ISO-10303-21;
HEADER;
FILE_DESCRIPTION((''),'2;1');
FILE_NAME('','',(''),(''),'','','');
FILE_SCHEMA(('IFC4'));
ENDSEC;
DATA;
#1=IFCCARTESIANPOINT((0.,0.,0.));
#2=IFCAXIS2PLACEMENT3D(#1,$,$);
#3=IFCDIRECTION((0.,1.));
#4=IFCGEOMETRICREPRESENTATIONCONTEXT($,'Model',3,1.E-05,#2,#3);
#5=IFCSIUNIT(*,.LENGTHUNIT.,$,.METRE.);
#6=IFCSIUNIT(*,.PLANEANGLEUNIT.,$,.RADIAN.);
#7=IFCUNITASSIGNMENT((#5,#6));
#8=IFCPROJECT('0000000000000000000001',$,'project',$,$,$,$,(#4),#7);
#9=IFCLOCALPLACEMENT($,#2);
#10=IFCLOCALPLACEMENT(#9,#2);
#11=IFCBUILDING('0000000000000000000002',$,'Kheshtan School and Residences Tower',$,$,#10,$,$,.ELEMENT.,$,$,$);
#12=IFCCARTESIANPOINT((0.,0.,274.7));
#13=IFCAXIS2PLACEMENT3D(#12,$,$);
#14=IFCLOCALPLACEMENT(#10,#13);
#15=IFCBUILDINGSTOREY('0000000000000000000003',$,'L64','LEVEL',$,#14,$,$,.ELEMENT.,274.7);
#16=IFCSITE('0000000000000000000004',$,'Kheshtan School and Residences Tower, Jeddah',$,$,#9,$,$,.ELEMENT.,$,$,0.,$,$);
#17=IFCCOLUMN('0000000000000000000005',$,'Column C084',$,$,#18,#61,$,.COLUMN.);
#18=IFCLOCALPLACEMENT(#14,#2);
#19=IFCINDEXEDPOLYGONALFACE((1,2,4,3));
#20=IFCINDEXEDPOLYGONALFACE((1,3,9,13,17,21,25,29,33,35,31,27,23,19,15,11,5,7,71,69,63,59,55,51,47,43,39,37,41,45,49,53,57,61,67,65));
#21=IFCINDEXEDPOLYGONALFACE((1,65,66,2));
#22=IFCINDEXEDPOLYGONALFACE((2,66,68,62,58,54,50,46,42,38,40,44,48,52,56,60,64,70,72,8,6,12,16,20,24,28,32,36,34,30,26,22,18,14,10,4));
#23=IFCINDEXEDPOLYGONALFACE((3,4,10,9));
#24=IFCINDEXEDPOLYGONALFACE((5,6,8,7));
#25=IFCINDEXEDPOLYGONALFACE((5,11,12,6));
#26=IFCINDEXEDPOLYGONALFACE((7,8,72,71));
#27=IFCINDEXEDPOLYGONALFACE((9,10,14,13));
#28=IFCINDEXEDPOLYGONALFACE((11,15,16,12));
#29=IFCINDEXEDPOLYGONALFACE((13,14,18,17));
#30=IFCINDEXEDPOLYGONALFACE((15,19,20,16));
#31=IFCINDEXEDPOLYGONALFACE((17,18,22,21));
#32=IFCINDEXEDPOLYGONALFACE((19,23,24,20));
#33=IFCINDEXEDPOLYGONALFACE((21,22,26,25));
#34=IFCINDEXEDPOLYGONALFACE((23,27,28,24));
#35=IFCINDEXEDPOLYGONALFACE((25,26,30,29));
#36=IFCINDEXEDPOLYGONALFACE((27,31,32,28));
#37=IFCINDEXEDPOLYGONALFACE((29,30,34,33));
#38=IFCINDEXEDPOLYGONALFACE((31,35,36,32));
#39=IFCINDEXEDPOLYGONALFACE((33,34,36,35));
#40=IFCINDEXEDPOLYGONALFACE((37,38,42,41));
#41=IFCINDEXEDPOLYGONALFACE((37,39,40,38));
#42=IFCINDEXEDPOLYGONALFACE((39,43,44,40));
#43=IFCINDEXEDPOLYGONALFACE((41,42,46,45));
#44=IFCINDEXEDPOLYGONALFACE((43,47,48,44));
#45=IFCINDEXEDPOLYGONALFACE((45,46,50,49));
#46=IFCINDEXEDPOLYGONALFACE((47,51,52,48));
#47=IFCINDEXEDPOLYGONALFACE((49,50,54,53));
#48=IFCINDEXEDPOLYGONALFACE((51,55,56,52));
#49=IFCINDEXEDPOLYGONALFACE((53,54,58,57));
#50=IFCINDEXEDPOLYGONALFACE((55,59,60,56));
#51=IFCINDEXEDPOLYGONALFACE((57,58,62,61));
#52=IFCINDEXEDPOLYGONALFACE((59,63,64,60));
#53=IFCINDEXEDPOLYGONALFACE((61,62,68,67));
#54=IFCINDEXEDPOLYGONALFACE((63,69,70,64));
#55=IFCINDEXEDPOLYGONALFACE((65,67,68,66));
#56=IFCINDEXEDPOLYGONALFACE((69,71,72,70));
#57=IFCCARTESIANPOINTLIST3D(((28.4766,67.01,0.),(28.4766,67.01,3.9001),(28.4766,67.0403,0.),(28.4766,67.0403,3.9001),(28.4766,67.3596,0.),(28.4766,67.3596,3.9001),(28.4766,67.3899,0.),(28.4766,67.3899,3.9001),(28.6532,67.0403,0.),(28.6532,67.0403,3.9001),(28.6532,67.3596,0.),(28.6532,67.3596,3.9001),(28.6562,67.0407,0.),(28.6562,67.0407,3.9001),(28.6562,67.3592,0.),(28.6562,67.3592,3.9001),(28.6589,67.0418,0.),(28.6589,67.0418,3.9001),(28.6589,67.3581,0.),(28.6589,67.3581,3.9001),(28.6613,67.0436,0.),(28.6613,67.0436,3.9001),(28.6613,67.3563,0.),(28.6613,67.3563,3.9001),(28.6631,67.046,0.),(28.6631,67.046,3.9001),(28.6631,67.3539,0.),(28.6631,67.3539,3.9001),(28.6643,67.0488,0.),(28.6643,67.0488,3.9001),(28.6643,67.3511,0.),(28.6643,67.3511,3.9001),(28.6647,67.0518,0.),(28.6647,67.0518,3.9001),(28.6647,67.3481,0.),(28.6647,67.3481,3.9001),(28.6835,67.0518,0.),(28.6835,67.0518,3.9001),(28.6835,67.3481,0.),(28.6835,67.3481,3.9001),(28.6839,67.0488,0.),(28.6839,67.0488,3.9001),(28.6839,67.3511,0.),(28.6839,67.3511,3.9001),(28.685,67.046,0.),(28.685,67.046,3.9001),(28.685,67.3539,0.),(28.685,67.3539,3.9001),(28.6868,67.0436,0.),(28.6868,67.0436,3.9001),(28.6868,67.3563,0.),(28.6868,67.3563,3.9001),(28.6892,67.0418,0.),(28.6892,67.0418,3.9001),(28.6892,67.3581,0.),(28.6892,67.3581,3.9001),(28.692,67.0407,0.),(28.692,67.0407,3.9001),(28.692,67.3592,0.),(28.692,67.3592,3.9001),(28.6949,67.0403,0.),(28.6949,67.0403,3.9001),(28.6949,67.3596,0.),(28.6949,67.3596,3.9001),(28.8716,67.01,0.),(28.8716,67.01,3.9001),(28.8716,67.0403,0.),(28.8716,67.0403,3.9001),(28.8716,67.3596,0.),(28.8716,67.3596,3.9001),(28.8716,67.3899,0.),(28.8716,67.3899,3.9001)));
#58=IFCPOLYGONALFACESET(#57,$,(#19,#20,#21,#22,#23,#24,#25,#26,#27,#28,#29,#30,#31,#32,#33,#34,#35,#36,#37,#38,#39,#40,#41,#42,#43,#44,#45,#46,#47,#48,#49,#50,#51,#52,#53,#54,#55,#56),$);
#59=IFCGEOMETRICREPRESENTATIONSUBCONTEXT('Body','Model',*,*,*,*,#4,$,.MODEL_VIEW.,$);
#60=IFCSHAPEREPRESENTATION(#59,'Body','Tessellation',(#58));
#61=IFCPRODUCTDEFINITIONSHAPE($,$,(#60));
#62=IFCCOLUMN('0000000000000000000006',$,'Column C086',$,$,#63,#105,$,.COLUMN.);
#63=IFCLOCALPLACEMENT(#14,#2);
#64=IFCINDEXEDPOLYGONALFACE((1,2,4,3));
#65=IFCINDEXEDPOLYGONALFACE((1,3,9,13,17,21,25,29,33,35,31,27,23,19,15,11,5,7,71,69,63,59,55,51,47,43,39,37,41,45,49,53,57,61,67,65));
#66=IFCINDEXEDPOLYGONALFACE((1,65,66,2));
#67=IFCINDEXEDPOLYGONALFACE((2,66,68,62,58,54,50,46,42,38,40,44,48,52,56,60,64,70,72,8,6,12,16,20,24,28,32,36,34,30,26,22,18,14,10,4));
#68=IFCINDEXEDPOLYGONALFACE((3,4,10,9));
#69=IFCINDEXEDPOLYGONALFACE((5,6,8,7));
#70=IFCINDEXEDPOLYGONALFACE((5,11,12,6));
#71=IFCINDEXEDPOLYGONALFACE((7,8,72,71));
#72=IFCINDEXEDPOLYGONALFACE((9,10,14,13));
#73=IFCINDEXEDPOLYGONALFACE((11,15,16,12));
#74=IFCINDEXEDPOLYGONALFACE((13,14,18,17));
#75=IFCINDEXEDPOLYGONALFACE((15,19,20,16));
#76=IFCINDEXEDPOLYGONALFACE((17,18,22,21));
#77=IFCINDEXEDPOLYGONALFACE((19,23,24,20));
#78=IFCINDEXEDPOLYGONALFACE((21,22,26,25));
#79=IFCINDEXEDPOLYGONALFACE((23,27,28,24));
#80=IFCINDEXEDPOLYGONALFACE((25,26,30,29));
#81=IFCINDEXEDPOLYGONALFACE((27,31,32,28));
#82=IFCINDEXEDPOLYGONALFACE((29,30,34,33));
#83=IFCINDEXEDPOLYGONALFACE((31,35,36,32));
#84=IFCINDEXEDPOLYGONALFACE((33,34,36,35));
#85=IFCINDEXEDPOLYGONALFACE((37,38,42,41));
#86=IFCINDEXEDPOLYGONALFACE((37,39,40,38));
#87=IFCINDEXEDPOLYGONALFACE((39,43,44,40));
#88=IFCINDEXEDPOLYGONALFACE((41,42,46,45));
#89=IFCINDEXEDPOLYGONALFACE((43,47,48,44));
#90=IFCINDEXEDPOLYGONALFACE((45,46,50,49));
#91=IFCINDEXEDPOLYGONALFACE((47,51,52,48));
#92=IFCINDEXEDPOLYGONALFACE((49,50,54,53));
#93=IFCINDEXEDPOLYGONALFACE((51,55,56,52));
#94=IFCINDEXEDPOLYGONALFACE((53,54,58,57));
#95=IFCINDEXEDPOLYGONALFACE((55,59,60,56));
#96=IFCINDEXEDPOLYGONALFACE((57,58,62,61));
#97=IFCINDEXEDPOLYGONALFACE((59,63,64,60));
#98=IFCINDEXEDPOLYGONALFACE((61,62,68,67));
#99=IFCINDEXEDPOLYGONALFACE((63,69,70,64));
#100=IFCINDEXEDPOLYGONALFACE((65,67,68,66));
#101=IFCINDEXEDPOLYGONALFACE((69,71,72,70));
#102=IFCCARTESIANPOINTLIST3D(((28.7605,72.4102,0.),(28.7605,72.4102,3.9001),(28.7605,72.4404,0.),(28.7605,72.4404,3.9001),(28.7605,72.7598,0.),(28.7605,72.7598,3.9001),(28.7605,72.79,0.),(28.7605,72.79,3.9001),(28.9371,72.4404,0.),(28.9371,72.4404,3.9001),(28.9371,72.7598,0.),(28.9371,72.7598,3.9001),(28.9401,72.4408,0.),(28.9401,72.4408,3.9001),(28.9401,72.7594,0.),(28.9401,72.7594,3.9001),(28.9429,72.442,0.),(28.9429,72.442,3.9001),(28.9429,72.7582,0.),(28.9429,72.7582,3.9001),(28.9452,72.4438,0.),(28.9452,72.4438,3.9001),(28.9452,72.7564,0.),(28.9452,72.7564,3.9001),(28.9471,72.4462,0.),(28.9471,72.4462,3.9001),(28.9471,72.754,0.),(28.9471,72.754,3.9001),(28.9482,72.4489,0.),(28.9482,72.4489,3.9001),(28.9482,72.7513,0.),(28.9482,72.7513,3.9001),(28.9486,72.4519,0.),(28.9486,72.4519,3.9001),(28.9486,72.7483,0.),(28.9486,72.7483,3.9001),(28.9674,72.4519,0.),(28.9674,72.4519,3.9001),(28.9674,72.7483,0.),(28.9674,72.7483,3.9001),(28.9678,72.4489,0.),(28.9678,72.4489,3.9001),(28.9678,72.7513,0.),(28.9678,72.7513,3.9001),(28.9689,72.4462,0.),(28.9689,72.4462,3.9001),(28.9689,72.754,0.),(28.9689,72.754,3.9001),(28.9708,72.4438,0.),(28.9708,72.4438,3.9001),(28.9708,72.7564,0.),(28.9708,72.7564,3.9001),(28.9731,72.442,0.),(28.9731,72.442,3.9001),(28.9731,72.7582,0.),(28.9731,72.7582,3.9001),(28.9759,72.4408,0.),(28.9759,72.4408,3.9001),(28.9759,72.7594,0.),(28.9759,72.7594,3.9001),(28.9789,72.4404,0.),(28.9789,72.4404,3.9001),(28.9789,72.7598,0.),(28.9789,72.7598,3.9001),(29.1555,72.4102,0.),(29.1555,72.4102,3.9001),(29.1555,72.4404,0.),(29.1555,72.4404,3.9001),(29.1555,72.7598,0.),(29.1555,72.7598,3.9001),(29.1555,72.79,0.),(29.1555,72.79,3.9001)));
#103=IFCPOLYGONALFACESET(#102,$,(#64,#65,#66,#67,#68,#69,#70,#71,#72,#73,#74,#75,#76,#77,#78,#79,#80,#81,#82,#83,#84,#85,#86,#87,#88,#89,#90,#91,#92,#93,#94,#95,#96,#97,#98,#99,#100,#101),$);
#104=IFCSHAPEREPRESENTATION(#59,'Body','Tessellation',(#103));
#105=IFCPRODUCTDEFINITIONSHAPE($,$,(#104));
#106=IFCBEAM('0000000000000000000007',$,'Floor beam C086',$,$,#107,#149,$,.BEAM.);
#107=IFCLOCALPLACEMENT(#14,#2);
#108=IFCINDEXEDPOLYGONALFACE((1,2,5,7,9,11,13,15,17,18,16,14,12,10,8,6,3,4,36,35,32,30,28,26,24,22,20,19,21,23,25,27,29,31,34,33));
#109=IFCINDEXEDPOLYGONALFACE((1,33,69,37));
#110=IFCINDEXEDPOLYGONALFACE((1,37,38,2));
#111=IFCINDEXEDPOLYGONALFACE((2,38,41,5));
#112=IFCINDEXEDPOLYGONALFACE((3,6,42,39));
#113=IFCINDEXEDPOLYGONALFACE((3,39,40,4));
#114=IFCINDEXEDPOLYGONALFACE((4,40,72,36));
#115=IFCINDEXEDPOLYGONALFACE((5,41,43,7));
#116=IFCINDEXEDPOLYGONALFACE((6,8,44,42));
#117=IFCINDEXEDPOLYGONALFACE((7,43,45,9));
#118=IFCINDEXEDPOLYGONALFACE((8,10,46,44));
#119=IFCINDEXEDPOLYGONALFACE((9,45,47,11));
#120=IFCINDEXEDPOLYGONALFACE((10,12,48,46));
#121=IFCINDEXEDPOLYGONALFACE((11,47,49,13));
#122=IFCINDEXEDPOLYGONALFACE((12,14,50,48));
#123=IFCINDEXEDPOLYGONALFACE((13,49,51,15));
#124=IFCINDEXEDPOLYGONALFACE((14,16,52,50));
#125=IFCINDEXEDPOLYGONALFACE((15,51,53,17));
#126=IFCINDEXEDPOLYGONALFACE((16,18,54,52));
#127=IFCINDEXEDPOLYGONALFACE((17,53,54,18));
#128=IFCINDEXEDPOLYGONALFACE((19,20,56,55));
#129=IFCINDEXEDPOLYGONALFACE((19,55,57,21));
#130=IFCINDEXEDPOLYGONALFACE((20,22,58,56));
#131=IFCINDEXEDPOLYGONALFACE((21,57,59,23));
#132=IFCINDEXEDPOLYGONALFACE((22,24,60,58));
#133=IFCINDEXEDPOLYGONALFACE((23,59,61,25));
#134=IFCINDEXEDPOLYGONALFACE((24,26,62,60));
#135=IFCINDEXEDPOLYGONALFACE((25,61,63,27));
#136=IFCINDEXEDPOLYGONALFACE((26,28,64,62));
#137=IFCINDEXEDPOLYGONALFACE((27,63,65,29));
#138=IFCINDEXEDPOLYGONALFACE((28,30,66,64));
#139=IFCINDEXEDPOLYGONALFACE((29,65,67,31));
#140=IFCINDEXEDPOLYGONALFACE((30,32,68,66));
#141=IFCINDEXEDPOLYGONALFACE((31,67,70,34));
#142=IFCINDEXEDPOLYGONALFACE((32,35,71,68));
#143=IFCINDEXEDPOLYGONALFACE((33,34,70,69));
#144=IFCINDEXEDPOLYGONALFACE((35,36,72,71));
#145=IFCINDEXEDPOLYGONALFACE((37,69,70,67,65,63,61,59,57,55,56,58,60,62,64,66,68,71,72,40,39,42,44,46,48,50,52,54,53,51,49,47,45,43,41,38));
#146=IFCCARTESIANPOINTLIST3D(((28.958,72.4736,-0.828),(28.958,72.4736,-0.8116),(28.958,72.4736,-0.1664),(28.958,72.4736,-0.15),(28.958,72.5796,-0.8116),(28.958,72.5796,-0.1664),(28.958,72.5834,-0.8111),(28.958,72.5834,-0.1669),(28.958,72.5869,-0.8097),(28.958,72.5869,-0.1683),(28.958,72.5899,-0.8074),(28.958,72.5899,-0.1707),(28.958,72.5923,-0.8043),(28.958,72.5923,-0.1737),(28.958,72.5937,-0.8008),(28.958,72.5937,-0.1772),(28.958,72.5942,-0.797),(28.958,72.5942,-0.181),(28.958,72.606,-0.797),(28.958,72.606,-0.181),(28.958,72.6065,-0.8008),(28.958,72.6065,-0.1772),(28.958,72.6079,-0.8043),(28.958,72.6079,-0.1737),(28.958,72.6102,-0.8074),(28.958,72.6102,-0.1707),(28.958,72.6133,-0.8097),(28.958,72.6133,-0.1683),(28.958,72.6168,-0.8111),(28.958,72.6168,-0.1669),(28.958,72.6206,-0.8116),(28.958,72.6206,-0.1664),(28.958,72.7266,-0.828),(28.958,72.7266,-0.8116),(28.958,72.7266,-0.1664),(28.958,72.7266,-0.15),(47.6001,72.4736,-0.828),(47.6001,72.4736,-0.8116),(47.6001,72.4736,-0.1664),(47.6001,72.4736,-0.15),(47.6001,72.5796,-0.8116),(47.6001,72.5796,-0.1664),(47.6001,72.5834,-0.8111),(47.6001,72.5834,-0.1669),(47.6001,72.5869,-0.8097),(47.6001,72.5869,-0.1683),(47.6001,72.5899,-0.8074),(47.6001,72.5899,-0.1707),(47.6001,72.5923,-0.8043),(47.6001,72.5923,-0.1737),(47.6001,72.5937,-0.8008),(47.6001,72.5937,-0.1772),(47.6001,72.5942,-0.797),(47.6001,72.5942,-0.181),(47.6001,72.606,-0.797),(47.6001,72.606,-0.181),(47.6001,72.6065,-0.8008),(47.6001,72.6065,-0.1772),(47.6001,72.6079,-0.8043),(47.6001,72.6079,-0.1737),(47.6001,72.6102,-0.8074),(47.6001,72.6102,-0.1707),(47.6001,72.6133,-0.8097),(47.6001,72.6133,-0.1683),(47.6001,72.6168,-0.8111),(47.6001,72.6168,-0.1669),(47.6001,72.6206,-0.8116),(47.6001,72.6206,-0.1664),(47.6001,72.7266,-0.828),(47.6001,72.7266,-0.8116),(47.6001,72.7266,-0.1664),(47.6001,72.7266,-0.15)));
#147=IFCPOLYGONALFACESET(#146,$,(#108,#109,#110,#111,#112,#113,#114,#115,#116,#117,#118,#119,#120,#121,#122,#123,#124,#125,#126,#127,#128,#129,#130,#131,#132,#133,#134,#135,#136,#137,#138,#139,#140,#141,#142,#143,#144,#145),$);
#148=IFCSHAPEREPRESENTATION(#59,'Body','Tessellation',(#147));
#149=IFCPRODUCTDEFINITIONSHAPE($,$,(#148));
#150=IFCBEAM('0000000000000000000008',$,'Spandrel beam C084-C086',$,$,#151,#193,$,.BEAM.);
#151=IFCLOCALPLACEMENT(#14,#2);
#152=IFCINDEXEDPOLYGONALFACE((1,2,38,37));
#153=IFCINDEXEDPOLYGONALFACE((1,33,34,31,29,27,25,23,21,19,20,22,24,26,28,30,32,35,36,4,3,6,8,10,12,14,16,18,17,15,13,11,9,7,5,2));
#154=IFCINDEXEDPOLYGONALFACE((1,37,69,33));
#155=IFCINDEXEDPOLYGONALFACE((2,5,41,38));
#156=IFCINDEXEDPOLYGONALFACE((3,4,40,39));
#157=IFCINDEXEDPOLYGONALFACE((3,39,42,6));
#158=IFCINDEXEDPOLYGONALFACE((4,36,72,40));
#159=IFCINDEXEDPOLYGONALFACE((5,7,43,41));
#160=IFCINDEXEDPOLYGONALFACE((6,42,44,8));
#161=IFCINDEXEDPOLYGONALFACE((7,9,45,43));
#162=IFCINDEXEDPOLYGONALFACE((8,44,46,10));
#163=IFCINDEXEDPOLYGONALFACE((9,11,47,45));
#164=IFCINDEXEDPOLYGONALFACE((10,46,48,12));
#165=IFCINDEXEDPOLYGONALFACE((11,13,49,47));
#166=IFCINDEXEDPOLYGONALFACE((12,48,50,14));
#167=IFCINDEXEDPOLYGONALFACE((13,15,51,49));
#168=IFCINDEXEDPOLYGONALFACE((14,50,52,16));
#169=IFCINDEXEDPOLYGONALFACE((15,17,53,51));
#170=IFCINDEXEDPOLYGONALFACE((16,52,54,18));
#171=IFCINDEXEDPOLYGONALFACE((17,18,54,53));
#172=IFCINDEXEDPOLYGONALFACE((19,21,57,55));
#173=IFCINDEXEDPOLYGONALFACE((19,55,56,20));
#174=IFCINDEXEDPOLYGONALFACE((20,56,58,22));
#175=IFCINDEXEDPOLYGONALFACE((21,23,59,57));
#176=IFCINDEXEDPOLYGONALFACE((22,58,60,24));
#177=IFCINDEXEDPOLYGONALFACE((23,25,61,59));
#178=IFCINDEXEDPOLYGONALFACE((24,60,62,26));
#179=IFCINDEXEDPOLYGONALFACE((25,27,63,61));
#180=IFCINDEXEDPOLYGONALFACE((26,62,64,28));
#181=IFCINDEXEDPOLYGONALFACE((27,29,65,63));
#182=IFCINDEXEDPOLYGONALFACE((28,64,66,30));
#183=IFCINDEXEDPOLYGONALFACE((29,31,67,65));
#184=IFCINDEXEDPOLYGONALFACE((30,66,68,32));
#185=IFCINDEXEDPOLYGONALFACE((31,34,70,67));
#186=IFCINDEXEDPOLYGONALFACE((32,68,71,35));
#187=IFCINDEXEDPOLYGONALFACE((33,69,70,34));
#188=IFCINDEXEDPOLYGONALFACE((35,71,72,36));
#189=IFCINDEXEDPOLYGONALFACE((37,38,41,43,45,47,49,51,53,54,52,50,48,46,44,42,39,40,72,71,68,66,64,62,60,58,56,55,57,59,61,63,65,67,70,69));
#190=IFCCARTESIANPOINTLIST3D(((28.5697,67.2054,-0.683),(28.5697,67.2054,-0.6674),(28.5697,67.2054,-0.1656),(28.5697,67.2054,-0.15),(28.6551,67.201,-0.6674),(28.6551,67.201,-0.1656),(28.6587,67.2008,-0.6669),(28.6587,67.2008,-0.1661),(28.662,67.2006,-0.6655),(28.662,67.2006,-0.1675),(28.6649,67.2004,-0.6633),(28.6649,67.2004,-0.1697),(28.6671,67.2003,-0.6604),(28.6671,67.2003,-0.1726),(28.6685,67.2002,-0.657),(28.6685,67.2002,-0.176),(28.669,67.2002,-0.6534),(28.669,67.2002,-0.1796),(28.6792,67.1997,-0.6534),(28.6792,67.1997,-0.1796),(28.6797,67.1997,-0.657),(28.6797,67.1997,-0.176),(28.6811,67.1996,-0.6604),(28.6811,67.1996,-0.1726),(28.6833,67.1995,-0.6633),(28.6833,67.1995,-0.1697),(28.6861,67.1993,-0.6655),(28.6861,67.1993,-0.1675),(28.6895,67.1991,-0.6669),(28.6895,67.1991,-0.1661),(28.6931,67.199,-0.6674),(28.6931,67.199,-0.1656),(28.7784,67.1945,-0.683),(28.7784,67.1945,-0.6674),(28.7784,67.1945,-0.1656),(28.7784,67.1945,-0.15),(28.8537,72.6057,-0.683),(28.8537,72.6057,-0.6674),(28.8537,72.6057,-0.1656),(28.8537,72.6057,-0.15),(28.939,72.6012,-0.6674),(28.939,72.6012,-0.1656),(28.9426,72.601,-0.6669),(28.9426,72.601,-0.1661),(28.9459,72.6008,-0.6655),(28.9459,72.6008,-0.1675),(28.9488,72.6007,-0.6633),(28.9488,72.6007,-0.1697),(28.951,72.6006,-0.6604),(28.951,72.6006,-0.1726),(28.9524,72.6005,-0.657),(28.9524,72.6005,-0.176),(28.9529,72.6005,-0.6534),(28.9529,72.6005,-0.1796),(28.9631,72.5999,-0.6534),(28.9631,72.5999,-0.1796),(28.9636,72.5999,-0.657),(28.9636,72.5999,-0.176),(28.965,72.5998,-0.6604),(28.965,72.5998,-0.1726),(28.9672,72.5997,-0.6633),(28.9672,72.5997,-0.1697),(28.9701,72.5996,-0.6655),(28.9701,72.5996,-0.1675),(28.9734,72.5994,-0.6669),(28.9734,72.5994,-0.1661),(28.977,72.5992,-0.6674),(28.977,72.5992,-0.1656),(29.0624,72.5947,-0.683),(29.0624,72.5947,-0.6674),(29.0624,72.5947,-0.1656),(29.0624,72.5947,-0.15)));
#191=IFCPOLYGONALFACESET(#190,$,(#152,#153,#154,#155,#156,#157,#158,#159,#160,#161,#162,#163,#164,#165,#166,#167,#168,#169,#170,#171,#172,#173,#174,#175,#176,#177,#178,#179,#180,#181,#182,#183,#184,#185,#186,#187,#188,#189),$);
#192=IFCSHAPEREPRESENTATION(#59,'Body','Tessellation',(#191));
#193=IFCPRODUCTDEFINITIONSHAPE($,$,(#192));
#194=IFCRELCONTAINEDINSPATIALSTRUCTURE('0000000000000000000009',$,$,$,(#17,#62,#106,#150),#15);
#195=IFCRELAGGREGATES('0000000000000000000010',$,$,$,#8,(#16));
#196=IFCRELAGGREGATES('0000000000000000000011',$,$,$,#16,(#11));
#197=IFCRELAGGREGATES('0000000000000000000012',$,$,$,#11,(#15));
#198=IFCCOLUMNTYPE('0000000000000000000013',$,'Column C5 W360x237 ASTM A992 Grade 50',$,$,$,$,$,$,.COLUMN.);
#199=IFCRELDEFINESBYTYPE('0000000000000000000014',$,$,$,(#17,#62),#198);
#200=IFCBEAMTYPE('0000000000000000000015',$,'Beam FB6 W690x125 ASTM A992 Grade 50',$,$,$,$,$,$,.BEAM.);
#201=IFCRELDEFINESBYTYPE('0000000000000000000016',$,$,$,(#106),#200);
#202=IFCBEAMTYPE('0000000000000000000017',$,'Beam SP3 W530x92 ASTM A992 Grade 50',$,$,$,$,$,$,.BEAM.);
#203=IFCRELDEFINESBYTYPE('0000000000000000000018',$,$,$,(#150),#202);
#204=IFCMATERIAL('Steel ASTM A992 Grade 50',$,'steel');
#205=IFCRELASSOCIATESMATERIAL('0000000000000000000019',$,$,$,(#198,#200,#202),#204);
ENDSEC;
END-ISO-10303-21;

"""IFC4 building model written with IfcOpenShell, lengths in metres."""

from ifc_helpers import new_model, si_unit, direction, frame, origin, origin_2d, place, context, subcontext, project, spatial, i_section, extrude, material, material_profile, profile_set, type_object, element, save


model = new_model("IFC4")

# Units and contexts
model_context = context("Model", 3, precision=1e-05, world=origin(), true_north=direction((0.0, 1.0)))
body_context = subcontext(model_context, "Body", "Model", "MODEL_VIEW")
ifc_project = project(units=[si_unit("LENGTHUNIT", "METRE"), si_unit("PLANEANGLEUNIT", "RADIAN")], contexts=[model_context])

# Site, building, storey
site_placement = place(None, origin())
site = spatial("IfcSite", under=ifc_project, at=site_placement, Name="Kheshtan School and Residences Tower, Jeddah", CompositionType="ELEMENT", RefElevation=0.0)
building_placement = place(site_placement, origin())
building = spatial("IfcBuilding", under=site, at=building_placement, Name="Kheshtan School and Residences Tower", CompositionType="ELEMENT")
storey_placement = place(building_placement, frame((0.0, 0.0, 274.7)))
storey = spatial("IfcBuildingStorey", under=building, at=storey_placement, Name="L64", Description="LEVEL", CompositionType="ELEMENT", Elevation=274.7)

# Columns
ifc_material_1 = material(Name="Steel ASTM A992 Grade 50", Category="steel")
ifc_material_profile_1 = material_profile(ifc_material_1, i_section(OverallWidth=0.395, OverallDepth=0.3799, WebThickness=0.0188, FlangeThickness=0.0303, FilletRadius=0.0115, at=origin_2d()), Name="W360x237")
ifc_profile_set_1 = profile_set([ifc_material_profile_1], Name="Steel ASTM A992 Grade 50")
column_type = type_object("IfcColumnType", Name="Column C5 W360x237 ASTM A992 Grade 50", PredefinedType="COLUMN", material=ifc_profile_set_1)
for number, where, z_axis, x_axis, name in (
    (1, (28.6741, 67.2, 0.0), (0.0, 0.0, 1.0), (1.0, 0.0, 0.0), "Column C084"),
    (2, (28.958, 72.6001, 0.0), (0.0, 0.0, 1.0), (1.0, 0.0, 0.0), "Column C086"),
):
    element("IfcColumn", number, at=place(storey_placement, frame(where, z_axis=z_axis, x_axis=x_axis)), inside=storey, type_object=column_type, Name=name, PredefinedType="COLUMN", context=body_context, shape_type="SweptSolid", body=[
        extrude(i_section(OverallWidth=0.395, OverallDepth=0.3799, WebThickness=0.0188, FlangeThickness=0.0303, FilletRadius=0.0115, at=origin_2d()), origin(), (0.0, 0.0, 1.0), 3.9001),
    ])

# Beams
ifc_material_profile_2 = material_profile(ifc_material_1, i_section(OverallWidth=0.2529, OverallDepth=0.678, WebThickness=0.0117, FlangeThickness=0.0164, FilletRadius=0.0146, at=origin_2d()), Name="W690x125")
ifc_profile_set_2 = profile_set([ifc_material_profile_2], Name="Steel ASTM A992 Grade 50")
beam_type_1 = type_object("IfcBeamType", Name="Beam FB6 W690x125 ASTM A992 Grade 50", PredefinedType="BEAM", material=ifc_profile_set_2)
beam_1_placement = place(storey_placement, frame((28.958, 72.6001, -0.489), z_axis=(1.0, 0.0, 0.0), x_axis=(0.0, 1.0, 0.0)))
element("IfcBeam", 3, at=beam_1_placement, inside=storey, type_object=beam_type_1, Name="Floor beam C086", PredefinedType="BEAM", context=body_context, shape_type="SweptSolid", body=[
    extrude(i_section(OverallWidth=0.2529, OverallDepth=0.678, WebThickness=0.0117, FlangeThickness=0.0164, FilletRadius=0.0146, at=origin_2d()), origin(), (0.0, 0.0, 1.0), 18.6421),
])
ifc_material_profile_3 = material_profile(ifc_material_1, i_section(OverallWidth=0.209, OverallDepth=0.533, WebThickness=0.0103, FlangeThickness=0.0156, FilletRadius=0.0139, at=origin_2d()), Name="W530x92")
ifc_profile_set_3 = profile_set([ifc_material_profile_3], Name="Steel ASTM A992 Grade 50")
beam_type_2 = type_object("IfcBeamType", Name="Beam SP3 W530x92 ASTM A992 Grade 50", PredefinedType="BEAM", material=ifc_profile_set_3)
beam_2_placement = place(storey_placement, frame((28.6741, 67.2, -0.4165), z_axis=(0.052507, 0.998621, 0.0), x_axis=(-0.998621, 0.052507, 0.0)))
element("IfcBeam", 4, at=beam_2_placement, inside=storey, type_object=beam_type_2, Name="Spandrel beam C084-C086", PredefinedType="BEAM", context=body_context, shape_type="SweptSolid", body=[
    extrude(i_section(OverallWidth=0.209, OverallDepth=0.533, WebThickness=0.0103, FlangeThickness=0.0156, FilletRadius=0.0139, at=origin_2d()), origin(), (0.0, 0.0, 1.0), 5.4077),
])

save(model, "model.ifc")
